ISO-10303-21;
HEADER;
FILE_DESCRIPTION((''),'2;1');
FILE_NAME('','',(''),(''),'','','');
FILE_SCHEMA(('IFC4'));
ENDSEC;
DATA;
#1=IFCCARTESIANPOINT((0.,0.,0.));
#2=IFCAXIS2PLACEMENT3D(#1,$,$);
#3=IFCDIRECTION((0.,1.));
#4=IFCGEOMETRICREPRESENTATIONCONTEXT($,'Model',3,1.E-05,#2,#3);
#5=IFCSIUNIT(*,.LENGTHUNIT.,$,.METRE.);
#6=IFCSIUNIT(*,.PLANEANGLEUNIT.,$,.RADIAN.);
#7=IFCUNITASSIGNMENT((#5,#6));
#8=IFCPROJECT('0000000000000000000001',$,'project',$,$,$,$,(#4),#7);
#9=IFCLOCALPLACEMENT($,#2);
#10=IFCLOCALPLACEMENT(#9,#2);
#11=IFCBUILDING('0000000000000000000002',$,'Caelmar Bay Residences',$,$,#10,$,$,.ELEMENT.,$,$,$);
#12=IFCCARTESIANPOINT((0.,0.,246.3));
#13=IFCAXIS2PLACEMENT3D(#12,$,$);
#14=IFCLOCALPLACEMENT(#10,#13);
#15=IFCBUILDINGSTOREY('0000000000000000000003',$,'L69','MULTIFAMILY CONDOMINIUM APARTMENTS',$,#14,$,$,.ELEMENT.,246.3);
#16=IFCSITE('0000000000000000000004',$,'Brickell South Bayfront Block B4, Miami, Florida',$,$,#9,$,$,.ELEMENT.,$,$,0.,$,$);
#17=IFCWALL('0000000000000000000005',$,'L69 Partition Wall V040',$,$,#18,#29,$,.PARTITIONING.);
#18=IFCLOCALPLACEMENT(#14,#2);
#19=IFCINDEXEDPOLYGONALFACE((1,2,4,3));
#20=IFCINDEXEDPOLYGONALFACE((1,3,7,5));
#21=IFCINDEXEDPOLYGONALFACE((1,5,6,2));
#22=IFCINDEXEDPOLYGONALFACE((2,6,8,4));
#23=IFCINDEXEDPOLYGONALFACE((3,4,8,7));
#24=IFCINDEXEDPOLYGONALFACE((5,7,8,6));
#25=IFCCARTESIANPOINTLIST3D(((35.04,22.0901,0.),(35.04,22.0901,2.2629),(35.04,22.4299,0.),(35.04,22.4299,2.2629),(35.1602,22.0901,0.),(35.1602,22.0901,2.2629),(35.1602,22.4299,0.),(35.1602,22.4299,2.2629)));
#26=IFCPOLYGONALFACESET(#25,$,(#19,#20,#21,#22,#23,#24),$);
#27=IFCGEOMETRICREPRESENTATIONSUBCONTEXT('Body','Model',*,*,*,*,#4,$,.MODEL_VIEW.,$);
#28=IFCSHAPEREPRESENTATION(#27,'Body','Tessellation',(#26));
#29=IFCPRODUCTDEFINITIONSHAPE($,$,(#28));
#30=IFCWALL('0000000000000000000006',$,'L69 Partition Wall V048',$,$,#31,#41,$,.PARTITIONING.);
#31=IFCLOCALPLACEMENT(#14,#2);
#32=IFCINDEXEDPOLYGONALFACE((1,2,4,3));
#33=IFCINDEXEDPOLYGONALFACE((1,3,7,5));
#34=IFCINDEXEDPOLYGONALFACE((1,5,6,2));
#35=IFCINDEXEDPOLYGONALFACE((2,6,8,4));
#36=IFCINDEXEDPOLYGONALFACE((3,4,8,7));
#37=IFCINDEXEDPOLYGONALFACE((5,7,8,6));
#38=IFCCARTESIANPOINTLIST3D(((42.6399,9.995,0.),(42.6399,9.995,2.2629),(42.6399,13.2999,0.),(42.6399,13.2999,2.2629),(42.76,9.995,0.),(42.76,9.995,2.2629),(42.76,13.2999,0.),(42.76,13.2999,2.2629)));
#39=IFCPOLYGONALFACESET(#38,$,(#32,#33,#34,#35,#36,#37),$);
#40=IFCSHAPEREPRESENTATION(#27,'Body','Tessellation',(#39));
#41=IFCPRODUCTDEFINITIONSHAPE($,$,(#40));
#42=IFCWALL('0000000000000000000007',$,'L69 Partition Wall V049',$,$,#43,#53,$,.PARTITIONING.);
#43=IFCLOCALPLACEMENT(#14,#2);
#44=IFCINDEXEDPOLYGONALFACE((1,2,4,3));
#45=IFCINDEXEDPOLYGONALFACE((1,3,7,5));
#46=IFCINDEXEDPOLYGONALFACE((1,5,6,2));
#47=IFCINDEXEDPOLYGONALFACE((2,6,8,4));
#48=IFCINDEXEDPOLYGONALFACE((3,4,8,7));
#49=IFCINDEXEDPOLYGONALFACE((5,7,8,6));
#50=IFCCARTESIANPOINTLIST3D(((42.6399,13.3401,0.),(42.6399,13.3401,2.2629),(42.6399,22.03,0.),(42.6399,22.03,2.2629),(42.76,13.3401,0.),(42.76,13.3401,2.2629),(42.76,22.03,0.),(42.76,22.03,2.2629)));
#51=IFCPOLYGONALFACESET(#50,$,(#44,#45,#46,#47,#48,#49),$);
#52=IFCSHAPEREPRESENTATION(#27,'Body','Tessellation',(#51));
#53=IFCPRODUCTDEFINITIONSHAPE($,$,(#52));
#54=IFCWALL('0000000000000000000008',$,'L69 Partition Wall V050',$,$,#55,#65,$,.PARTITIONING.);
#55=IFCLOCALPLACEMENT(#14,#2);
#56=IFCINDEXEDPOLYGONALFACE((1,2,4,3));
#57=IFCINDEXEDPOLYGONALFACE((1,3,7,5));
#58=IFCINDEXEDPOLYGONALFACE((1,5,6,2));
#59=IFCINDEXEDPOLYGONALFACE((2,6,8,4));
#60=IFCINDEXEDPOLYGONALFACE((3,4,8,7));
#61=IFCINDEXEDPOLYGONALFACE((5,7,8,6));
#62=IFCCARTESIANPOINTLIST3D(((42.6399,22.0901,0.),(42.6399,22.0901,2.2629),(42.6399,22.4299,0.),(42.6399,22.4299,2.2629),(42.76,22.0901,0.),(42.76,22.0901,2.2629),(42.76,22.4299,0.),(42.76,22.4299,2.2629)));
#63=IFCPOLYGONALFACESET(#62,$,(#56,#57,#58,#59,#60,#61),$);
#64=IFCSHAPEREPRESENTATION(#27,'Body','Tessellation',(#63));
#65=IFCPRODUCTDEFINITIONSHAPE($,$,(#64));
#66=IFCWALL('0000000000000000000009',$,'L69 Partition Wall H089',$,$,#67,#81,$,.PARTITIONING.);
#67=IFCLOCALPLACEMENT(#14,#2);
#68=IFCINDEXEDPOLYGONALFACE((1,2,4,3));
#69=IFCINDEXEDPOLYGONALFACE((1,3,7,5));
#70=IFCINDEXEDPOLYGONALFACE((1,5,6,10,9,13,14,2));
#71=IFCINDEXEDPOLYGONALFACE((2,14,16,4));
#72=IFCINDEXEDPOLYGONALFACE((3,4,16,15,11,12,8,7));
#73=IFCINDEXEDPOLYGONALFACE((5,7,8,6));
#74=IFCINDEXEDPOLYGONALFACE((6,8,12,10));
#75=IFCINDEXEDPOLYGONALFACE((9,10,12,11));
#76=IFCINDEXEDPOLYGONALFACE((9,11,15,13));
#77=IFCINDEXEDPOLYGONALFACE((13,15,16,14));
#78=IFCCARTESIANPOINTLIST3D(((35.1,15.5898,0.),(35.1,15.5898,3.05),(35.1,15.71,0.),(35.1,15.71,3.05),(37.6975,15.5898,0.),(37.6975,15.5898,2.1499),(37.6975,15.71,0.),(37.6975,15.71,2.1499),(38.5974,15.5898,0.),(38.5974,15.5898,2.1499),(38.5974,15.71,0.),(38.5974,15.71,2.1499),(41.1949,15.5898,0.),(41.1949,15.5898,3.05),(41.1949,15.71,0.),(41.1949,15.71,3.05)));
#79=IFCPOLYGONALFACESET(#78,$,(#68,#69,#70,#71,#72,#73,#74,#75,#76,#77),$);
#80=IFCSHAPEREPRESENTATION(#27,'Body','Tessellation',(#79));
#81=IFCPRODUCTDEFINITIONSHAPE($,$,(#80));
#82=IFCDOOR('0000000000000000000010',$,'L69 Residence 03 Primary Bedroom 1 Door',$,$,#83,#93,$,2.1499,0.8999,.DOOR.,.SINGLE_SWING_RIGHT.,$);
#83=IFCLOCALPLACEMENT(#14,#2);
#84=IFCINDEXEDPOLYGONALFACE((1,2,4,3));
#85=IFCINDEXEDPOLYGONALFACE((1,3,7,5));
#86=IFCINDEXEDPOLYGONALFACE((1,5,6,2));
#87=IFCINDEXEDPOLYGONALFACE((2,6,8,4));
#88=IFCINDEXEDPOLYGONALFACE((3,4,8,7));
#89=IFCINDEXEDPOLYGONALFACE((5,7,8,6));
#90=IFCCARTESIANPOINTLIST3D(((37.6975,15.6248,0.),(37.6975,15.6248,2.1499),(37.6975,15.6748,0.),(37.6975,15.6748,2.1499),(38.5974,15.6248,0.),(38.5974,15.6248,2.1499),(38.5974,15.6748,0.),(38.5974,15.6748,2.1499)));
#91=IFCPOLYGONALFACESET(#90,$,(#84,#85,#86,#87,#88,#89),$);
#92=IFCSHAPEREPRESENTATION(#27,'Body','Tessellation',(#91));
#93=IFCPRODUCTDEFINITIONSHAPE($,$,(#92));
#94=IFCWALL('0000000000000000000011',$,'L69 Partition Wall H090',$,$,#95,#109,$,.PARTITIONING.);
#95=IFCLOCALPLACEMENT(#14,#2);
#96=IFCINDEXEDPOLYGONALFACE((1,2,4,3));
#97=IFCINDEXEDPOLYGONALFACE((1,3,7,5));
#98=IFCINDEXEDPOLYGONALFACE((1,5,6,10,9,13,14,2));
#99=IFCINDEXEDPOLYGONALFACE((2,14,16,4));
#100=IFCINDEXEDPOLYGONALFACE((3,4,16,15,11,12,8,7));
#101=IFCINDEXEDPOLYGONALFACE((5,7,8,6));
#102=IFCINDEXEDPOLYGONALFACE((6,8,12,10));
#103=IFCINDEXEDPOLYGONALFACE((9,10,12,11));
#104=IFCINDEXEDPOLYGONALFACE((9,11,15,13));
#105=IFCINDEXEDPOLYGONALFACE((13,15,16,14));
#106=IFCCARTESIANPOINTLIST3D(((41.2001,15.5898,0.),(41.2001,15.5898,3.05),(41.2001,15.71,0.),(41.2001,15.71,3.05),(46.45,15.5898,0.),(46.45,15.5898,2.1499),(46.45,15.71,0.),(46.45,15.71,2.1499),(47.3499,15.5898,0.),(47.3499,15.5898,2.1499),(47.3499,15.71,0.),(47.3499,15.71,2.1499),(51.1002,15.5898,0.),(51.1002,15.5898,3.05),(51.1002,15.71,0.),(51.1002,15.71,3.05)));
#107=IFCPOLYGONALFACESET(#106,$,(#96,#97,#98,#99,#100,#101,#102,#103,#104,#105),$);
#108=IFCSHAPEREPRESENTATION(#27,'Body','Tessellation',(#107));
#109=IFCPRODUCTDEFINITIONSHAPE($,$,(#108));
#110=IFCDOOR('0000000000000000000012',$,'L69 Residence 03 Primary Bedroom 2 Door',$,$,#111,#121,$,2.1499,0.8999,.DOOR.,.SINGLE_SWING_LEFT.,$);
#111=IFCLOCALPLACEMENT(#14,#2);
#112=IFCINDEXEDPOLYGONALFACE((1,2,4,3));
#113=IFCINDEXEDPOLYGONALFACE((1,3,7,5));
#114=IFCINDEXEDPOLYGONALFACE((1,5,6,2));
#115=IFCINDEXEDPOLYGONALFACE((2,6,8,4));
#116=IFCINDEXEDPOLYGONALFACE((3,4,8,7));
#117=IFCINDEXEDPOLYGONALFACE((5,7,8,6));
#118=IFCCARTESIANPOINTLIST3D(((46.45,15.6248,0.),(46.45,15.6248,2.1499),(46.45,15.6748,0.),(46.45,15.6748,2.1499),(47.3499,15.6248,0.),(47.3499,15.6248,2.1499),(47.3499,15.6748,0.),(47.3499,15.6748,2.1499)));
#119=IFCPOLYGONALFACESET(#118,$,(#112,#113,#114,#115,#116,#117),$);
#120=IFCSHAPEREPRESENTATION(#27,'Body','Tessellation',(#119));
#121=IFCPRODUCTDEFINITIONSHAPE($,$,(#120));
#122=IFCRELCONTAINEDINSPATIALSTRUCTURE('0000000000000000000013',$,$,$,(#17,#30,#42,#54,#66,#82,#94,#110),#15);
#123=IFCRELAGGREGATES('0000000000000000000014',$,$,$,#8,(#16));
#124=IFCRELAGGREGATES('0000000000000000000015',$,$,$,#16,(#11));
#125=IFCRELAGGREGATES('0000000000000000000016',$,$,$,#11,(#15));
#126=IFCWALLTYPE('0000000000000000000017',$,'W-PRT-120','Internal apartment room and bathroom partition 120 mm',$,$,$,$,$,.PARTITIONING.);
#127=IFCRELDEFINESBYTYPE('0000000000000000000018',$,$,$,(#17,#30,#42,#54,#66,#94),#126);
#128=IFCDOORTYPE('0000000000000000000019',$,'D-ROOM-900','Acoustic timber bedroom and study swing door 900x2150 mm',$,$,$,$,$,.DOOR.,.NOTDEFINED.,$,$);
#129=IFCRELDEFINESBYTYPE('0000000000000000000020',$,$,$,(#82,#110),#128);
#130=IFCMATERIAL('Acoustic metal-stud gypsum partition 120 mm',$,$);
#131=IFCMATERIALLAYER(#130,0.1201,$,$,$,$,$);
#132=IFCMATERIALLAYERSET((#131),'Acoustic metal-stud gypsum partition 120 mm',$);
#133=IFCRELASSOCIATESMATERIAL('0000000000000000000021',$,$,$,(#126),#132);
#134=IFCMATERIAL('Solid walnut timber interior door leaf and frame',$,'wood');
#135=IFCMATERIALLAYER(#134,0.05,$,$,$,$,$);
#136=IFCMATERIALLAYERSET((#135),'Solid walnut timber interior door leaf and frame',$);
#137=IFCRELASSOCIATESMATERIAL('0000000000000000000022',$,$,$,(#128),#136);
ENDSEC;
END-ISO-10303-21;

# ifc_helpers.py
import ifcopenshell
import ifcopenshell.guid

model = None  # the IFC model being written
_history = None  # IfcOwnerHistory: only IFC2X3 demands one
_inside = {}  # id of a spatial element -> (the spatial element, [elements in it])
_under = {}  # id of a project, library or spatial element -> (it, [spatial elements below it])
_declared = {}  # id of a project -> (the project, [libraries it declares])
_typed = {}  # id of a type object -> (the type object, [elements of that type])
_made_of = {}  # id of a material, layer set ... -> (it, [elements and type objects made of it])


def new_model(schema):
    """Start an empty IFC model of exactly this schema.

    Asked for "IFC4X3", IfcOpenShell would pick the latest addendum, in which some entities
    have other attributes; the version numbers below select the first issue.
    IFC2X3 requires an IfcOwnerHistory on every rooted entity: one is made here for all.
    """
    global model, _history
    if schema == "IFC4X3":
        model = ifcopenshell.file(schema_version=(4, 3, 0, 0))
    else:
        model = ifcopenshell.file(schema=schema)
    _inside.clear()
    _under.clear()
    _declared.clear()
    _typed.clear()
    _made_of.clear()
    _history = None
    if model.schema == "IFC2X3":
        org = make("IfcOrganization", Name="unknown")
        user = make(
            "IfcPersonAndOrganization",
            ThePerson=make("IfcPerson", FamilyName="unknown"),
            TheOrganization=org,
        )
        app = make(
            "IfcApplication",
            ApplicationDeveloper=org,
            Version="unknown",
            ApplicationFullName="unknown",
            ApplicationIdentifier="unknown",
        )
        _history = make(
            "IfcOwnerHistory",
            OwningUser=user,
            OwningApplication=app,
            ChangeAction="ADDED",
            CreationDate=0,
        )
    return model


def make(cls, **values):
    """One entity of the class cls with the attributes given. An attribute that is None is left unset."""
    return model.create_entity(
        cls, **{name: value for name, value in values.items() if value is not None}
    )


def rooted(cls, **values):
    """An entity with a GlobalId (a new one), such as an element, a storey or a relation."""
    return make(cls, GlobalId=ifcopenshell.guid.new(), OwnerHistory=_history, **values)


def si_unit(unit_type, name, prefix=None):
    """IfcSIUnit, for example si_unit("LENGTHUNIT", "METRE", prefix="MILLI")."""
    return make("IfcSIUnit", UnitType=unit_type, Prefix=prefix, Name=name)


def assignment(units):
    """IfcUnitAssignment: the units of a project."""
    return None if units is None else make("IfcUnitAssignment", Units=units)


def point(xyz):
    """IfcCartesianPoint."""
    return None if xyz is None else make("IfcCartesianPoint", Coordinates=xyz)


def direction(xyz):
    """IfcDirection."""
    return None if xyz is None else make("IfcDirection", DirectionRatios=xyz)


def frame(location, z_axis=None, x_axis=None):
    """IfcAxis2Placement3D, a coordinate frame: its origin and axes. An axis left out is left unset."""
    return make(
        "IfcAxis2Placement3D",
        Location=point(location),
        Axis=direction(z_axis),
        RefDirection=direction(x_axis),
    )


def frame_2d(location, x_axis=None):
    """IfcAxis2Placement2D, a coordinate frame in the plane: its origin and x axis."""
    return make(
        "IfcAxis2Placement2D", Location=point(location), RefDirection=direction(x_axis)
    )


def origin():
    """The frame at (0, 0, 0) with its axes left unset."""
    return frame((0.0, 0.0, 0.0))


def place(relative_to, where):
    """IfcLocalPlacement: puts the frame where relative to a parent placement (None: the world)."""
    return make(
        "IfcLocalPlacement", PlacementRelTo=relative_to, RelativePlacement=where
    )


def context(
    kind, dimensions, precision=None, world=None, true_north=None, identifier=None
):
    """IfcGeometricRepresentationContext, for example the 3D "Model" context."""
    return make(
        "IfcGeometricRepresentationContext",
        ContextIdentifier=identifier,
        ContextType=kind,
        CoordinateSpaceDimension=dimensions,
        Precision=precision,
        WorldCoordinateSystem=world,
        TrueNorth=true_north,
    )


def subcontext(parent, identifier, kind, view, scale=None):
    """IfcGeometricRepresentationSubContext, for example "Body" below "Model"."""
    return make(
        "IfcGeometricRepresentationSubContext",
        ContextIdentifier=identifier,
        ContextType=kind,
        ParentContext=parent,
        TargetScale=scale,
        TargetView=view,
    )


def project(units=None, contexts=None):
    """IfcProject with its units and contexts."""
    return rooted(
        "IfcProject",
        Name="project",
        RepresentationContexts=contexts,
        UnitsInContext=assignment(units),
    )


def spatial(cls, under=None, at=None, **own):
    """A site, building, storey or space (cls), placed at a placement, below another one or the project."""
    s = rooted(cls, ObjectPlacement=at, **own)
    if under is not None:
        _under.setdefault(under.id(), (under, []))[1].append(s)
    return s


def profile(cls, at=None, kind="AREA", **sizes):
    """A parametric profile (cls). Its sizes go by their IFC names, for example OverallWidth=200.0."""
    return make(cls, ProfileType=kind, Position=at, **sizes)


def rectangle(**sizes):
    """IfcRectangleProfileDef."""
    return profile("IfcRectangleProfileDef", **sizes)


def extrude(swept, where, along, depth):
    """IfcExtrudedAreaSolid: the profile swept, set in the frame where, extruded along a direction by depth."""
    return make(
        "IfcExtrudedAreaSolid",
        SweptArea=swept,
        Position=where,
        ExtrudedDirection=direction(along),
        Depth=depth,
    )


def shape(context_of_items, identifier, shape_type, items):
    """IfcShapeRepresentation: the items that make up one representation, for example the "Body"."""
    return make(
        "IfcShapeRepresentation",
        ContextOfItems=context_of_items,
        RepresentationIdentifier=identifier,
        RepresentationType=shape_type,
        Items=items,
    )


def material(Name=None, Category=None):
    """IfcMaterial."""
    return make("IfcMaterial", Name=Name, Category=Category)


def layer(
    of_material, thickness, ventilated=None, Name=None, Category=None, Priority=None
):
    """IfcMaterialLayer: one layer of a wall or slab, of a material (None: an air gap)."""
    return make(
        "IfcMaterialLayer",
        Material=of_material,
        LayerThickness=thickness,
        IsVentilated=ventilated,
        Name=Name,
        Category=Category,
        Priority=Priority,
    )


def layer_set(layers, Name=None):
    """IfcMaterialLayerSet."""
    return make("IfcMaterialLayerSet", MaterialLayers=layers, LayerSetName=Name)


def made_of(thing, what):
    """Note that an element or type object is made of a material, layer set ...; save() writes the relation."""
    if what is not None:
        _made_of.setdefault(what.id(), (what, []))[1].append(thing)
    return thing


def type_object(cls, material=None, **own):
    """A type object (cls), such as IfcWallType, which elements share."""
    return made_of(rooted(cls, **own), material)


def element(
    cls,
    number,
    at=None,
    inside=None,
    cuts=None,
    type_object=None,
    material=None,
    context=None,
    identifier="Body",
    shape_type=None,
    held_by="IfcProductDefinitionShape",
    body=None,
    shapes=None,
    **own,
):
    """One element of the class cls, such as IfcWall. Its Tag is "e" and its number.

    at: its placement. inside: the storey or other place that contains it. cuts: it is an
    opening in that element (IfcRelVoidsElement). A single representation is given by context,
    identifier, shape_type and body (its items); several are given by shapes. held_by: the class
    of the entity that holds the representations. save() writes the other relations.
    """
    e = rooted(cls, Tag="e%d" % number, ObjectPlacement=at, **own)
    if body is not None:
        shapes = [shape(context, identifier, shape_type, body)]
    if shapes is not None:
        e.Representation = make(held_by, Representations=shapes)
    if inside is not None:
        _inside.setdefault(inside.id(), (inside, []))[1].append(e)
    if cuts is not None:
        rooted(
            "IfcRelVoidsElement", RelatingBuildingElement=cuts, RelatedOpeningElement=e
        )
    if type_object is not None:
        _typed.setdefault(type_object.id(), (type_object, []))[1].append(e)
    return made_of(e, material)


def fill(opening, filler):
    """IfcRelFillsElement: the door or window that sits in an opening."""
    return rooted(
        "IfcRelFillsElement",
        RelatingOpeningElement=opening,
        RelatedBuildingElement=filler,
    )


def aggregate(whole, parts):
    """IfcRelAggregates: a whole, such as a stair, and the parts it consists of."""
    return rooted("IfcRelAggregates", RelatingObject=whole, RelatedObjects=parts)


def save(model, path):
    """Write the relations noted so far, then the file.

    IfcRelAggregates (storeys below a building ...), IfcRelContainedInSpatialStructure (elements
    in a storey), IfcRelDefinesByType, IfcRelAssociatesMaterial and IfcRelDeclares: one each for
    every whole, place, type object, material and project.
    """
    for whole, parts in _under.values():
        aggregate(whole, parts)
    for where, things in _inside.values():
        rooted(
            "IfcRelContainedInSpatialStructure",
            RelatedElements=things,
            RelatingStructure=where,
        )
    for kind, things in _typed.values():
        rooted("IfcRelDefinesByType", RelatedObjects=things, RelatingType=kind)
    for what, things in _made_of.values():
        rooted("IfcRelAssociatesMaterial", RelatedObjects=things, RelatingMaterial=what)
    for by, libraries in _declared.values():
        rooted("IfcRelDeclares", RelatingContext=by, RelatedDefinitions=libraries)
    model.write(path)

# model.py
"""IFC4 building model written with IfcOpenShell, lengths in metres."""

from ifc_helpers import new_model, si_unit, direction, frame, frame_2d, origin, place, context, subcontext, project, spatial, rectangle, extrude, material, layer, layer_set, type_object, element, fill, save


model = new_model("IFC4")

# Units and contexts
model_context = context("Model", 3, precision=1e-05, world=origin(), true_north=direction((0.0, 1.0)))
body_context = subcontext(model_context, "Body", "Model", "MODEL_VIEW")
ifc_project = project(units=[si_unit("LENGTHUNIT", "METRE"), si_unit("PLANEANGLEUNIT", "RADIAN")], contexts=[model_context])

# Site, building, storey
site_placement = place(None, origin())
site = spatial("IfcSite", under=ifc_project, at=site_placement, Name="Brickell South Bayfront Block B4, Miami, Florida", CompositionType="ELEMENT", RefElevation=0.0)
building_placement = place(site_placement, origin())
building = spatial("IfcBuilding", under=site, at=building_placement, Name="Caelmar Bay Residences", CompositionType="ELEMENT")
storey_placement = place(building_placement, frame((0.0, 0.0, 246.3)))
storey = spatial("IfcBuildingStorey", under=building, at=storey_placement, Name="L69", Description="MULTIFAMILY CONDOMINIUM APARTMENTS", CompositionType="ELEMENT", Elevation=246.3)

# Walls
ifc_material_1 = material(Name="Acoustic metal-stud gypsum partition 120 mm")
ifc_layer_1 = layer(ifc_material_1, 0.1201)
ifc_layer_set_1 = layer_set([ifc_layer_1], Name="Acoustic metal-stud gypsum partition 120 mm")
wall_type = type_object("IfcWallType", Name="W-PRT-120", Description="Internal apartment room and bathroom partition 120 mm", PredefinedType="PARTITIONING", material=ifc_layer_set_1)
wall_1_placement = place(storey_placement, frame((35.1001, 22.0901, 0.0), z_axis=(0.0, 0.0, 1.0), x_axis=(0.0, 1.0, 0.0)))
element("IfcWall", 1, at=wall_1_placement, inside=storey, type_object=wall_type, Name="L69 Partition Wall V040", PredefinedType="PARTITIONING", context=body_context, shape_type="SweptSolid", body=[
    extrude(rectangle(XDim=0.3398, YDim=0.1201, at=frame_2d((0.1699, 0.0))), origin(), (0.0, 0.0, 1.0), 2.2629),
])
wall_2_placement = place(storey_placement, frame((42.7, 9.9951, 0.0), z_axis=(0.0, 0.0, 1.0), x_axis=(0.0, 1.0, 0.0)))
element("IfcWall", 2, at=wall_2_placement, inside=storey, type_object=wall_type, Name="L69 Partition Wall V048", PredefinedType="PARTITIONING", context=body_context, shape_type="SweptSolid", body=[
    extrude(rectangle(XDim=3.3049, YDim=0.1201, at=frame_2d((1.6523, 0.0))), origin(), (0.0, 0.0, 1.0), 2.2629),
])
wall_3_placement = place(storey_placement, frame((42.7, 13.3401, 0.0), z_axis=(0.0, 0.0, 1.0), x_axis=(0.0, 1.0, 0.0)))
element("IfcWall", 3, at=wall_3_placement, inside=storey, type_object=wall_type, Name="L69 Partition Wall V049", PredefinedType="PARTITIONING", context=body_context, shape_type="SweptSolid", body=[
    extrude(rectangle(XDim=8.6899, YDim=0.1201, at=frame_2d((4.345, 0.0))), origin(), (0.0, 0.0, 1.0), 2.2629),
])
wall_4_placement = place(storey_placement, frame((42.7, 22.0901, 0.0), z_axis=(0.0, 0.0, 1.0), x_axis=(0.0, 1.0, 0.0)))
element("IfcWall", 4, at=wall_4_placement, inside=storey, type_object=wall_type, Name="L69 Partition Wall V050", PredefinedType="PARTITIONING", context=body_context, shape_type="SweptSolid", body=[
    extrude(rectangle(XDim=0.3398, YDim=0.1201, at=frame_2d((0.1699, 0.0))), origin(), (0.0, 0.0, 1.0), 2.2629),
])

# Walls, openings, doors
wall_5_placement = place(storey_placement, frame((35.1001, 15.6499, 0.0), z_axis=(0.0, 0.0, 1.0), x_axis=(1.0, 0.0, 0.0)))
wall_5 = element("IfcWall", 5, at=wall_5_placement, inside=storey, type_object=wall_type, Name="L69 Partition Wall H089", PredefinedType="PARTITIONING", context=body_context, shape_type="SweptSolid", body=[
    extrude(rectangle(XDim=6.095, YDim=0.1201, at=frame_2d((3.0474, 0.0))), origin(), (0.0, 0.0, 1.0), 3.05),
])
opening_1_placement = place(wall_5_placement, frame((2.5974, 0.0, 0.0)))
opening_1 = element("IfcOpeningElement", 6, at=opening_1_placement, cuts=wall_5, PredefinedType="OPENING", context=body_context, shape_type="SweptSolid", body=[
    extrude(rectangle(XDim=0.8999, YDim=2.1499, at=frame_2d((0.45, 1.075))), frame((0.0, 0.0701, 0.0), z_axis=(0.0, -1.0, 0.0), x_axis=(1.0, 0.0, 0.0)), (0.0, 0.0, 1.0), 0.1401),
])
ifc_material_2 = material(Name="Solid walnut timber interior door leaf and frame", Category="wood")
ifc_layer_2 = layer(ifc_material_2, 0.05)
ifc_layer_set_2 = layer_set([ifc_layer_2], Name="Solid walnut timber interior door leaf and frame")
door_type = type_object("IfcDoorType", Name="D-ROOM-900", Description="Acoustic timber bedroom and study swing door 900x2150 mm", OperationType="NOTDEFINED", PredefinedType="DOOR", material=ifc_layer_set_2)
door_1_placement = place(opening_1_placement, origin())
door_1 = element("IfcDoor", 7, at=door_1_placement, inside=storey, type_object=door_type, Name="L69 Residence 03 Primary Bedroom 1 Door", OperationType="SINGLE_SWING_RIGHT", OverallHeight=2.1499, OverallWidth=0.8999, PredefinedType="DOOR", context=body_context, shape_type="SweptSolid", body=[
    extrude(rectangle(XDim=0.8999, YDim=2.1499, at=frame_2d((0.45, 1.075))), frame((0.0, 0.0249, 0.0), z_axis=(0.0, -1.0, 0.0), x_axis=(1.0, 0.0, 0.0)), (0.0, 0.0, 1.0), 0.05),
])
fill(opening_1, door_1)
wall_6_placement = place(storey_placement, frame((41.2, 15.6499, 0.0), z_axis=(0.0, 0.0, 1.0), x_axis=(1.0, 0.0, 0.0)))
wall_6 = element("IfcWall", 8, at=wall_6_placement, inside=storey, type_object=wall_type, Name="L69 Partition Wall H090", PredefinedType="PARTITIONING", context=body_context, shape_type="SweptSolid", body=[
    extrude(rectangle(XDim=9.9001, YDim=0.1201, at=frame_2d((4.9502, 0.0))), origin(), (0.0, 0.0, 1.0), 3.05),
])
opening_2_placement = place(wall_6_placement, frame((5.25, 0.0, 0.0)))
opening_2 = element("IfcOpeningElement", 9, at=opening_2_placement, cuts=wall_6, PredefinedType="OPENING", context=body_context, shape_type="SweptSolid", body=[
    extrude(rectangle(XDim=0.8999, YDim=2.1499, at=frame_2d((0.45, 1.075))), frame((0.0, 0.0701, 0.0), z_axis=(0.0, -1.0, 0.0), x_axis=(1.0, 0.0, 0.0)), (0.0, 0.0, 1.0), 0.1401),
])
door_2_placement = place(opening_2_placement, origin())
door_2 = element("IfcDoor", 10, at=door_2_placement, inside=storey, type_object=door_type, Name="L69 Residence 03 Primary Bedroom 2 Door", OperationType="SINGLE_SWING_LEFT", OverallHeight=2.1499, OverallWidth=0.8999, PredefinedType="DOOR", context=body_context, shape_type="SweptSolid", body=[
    extrude(rectangle(XDim=0.8999, YDim=2.1499, at=frame_2d((0.45, 1.075))), frame((0.0, 0.0249, 0.0), z_axis=(0.0, -1.0, 0.0), x_axis=(1.0, 0.0, 0.0)), (0.0, 0.0, 1.0), 0.05),
])
fill(opening_2, door_2)

save(model, "model.ifc")
